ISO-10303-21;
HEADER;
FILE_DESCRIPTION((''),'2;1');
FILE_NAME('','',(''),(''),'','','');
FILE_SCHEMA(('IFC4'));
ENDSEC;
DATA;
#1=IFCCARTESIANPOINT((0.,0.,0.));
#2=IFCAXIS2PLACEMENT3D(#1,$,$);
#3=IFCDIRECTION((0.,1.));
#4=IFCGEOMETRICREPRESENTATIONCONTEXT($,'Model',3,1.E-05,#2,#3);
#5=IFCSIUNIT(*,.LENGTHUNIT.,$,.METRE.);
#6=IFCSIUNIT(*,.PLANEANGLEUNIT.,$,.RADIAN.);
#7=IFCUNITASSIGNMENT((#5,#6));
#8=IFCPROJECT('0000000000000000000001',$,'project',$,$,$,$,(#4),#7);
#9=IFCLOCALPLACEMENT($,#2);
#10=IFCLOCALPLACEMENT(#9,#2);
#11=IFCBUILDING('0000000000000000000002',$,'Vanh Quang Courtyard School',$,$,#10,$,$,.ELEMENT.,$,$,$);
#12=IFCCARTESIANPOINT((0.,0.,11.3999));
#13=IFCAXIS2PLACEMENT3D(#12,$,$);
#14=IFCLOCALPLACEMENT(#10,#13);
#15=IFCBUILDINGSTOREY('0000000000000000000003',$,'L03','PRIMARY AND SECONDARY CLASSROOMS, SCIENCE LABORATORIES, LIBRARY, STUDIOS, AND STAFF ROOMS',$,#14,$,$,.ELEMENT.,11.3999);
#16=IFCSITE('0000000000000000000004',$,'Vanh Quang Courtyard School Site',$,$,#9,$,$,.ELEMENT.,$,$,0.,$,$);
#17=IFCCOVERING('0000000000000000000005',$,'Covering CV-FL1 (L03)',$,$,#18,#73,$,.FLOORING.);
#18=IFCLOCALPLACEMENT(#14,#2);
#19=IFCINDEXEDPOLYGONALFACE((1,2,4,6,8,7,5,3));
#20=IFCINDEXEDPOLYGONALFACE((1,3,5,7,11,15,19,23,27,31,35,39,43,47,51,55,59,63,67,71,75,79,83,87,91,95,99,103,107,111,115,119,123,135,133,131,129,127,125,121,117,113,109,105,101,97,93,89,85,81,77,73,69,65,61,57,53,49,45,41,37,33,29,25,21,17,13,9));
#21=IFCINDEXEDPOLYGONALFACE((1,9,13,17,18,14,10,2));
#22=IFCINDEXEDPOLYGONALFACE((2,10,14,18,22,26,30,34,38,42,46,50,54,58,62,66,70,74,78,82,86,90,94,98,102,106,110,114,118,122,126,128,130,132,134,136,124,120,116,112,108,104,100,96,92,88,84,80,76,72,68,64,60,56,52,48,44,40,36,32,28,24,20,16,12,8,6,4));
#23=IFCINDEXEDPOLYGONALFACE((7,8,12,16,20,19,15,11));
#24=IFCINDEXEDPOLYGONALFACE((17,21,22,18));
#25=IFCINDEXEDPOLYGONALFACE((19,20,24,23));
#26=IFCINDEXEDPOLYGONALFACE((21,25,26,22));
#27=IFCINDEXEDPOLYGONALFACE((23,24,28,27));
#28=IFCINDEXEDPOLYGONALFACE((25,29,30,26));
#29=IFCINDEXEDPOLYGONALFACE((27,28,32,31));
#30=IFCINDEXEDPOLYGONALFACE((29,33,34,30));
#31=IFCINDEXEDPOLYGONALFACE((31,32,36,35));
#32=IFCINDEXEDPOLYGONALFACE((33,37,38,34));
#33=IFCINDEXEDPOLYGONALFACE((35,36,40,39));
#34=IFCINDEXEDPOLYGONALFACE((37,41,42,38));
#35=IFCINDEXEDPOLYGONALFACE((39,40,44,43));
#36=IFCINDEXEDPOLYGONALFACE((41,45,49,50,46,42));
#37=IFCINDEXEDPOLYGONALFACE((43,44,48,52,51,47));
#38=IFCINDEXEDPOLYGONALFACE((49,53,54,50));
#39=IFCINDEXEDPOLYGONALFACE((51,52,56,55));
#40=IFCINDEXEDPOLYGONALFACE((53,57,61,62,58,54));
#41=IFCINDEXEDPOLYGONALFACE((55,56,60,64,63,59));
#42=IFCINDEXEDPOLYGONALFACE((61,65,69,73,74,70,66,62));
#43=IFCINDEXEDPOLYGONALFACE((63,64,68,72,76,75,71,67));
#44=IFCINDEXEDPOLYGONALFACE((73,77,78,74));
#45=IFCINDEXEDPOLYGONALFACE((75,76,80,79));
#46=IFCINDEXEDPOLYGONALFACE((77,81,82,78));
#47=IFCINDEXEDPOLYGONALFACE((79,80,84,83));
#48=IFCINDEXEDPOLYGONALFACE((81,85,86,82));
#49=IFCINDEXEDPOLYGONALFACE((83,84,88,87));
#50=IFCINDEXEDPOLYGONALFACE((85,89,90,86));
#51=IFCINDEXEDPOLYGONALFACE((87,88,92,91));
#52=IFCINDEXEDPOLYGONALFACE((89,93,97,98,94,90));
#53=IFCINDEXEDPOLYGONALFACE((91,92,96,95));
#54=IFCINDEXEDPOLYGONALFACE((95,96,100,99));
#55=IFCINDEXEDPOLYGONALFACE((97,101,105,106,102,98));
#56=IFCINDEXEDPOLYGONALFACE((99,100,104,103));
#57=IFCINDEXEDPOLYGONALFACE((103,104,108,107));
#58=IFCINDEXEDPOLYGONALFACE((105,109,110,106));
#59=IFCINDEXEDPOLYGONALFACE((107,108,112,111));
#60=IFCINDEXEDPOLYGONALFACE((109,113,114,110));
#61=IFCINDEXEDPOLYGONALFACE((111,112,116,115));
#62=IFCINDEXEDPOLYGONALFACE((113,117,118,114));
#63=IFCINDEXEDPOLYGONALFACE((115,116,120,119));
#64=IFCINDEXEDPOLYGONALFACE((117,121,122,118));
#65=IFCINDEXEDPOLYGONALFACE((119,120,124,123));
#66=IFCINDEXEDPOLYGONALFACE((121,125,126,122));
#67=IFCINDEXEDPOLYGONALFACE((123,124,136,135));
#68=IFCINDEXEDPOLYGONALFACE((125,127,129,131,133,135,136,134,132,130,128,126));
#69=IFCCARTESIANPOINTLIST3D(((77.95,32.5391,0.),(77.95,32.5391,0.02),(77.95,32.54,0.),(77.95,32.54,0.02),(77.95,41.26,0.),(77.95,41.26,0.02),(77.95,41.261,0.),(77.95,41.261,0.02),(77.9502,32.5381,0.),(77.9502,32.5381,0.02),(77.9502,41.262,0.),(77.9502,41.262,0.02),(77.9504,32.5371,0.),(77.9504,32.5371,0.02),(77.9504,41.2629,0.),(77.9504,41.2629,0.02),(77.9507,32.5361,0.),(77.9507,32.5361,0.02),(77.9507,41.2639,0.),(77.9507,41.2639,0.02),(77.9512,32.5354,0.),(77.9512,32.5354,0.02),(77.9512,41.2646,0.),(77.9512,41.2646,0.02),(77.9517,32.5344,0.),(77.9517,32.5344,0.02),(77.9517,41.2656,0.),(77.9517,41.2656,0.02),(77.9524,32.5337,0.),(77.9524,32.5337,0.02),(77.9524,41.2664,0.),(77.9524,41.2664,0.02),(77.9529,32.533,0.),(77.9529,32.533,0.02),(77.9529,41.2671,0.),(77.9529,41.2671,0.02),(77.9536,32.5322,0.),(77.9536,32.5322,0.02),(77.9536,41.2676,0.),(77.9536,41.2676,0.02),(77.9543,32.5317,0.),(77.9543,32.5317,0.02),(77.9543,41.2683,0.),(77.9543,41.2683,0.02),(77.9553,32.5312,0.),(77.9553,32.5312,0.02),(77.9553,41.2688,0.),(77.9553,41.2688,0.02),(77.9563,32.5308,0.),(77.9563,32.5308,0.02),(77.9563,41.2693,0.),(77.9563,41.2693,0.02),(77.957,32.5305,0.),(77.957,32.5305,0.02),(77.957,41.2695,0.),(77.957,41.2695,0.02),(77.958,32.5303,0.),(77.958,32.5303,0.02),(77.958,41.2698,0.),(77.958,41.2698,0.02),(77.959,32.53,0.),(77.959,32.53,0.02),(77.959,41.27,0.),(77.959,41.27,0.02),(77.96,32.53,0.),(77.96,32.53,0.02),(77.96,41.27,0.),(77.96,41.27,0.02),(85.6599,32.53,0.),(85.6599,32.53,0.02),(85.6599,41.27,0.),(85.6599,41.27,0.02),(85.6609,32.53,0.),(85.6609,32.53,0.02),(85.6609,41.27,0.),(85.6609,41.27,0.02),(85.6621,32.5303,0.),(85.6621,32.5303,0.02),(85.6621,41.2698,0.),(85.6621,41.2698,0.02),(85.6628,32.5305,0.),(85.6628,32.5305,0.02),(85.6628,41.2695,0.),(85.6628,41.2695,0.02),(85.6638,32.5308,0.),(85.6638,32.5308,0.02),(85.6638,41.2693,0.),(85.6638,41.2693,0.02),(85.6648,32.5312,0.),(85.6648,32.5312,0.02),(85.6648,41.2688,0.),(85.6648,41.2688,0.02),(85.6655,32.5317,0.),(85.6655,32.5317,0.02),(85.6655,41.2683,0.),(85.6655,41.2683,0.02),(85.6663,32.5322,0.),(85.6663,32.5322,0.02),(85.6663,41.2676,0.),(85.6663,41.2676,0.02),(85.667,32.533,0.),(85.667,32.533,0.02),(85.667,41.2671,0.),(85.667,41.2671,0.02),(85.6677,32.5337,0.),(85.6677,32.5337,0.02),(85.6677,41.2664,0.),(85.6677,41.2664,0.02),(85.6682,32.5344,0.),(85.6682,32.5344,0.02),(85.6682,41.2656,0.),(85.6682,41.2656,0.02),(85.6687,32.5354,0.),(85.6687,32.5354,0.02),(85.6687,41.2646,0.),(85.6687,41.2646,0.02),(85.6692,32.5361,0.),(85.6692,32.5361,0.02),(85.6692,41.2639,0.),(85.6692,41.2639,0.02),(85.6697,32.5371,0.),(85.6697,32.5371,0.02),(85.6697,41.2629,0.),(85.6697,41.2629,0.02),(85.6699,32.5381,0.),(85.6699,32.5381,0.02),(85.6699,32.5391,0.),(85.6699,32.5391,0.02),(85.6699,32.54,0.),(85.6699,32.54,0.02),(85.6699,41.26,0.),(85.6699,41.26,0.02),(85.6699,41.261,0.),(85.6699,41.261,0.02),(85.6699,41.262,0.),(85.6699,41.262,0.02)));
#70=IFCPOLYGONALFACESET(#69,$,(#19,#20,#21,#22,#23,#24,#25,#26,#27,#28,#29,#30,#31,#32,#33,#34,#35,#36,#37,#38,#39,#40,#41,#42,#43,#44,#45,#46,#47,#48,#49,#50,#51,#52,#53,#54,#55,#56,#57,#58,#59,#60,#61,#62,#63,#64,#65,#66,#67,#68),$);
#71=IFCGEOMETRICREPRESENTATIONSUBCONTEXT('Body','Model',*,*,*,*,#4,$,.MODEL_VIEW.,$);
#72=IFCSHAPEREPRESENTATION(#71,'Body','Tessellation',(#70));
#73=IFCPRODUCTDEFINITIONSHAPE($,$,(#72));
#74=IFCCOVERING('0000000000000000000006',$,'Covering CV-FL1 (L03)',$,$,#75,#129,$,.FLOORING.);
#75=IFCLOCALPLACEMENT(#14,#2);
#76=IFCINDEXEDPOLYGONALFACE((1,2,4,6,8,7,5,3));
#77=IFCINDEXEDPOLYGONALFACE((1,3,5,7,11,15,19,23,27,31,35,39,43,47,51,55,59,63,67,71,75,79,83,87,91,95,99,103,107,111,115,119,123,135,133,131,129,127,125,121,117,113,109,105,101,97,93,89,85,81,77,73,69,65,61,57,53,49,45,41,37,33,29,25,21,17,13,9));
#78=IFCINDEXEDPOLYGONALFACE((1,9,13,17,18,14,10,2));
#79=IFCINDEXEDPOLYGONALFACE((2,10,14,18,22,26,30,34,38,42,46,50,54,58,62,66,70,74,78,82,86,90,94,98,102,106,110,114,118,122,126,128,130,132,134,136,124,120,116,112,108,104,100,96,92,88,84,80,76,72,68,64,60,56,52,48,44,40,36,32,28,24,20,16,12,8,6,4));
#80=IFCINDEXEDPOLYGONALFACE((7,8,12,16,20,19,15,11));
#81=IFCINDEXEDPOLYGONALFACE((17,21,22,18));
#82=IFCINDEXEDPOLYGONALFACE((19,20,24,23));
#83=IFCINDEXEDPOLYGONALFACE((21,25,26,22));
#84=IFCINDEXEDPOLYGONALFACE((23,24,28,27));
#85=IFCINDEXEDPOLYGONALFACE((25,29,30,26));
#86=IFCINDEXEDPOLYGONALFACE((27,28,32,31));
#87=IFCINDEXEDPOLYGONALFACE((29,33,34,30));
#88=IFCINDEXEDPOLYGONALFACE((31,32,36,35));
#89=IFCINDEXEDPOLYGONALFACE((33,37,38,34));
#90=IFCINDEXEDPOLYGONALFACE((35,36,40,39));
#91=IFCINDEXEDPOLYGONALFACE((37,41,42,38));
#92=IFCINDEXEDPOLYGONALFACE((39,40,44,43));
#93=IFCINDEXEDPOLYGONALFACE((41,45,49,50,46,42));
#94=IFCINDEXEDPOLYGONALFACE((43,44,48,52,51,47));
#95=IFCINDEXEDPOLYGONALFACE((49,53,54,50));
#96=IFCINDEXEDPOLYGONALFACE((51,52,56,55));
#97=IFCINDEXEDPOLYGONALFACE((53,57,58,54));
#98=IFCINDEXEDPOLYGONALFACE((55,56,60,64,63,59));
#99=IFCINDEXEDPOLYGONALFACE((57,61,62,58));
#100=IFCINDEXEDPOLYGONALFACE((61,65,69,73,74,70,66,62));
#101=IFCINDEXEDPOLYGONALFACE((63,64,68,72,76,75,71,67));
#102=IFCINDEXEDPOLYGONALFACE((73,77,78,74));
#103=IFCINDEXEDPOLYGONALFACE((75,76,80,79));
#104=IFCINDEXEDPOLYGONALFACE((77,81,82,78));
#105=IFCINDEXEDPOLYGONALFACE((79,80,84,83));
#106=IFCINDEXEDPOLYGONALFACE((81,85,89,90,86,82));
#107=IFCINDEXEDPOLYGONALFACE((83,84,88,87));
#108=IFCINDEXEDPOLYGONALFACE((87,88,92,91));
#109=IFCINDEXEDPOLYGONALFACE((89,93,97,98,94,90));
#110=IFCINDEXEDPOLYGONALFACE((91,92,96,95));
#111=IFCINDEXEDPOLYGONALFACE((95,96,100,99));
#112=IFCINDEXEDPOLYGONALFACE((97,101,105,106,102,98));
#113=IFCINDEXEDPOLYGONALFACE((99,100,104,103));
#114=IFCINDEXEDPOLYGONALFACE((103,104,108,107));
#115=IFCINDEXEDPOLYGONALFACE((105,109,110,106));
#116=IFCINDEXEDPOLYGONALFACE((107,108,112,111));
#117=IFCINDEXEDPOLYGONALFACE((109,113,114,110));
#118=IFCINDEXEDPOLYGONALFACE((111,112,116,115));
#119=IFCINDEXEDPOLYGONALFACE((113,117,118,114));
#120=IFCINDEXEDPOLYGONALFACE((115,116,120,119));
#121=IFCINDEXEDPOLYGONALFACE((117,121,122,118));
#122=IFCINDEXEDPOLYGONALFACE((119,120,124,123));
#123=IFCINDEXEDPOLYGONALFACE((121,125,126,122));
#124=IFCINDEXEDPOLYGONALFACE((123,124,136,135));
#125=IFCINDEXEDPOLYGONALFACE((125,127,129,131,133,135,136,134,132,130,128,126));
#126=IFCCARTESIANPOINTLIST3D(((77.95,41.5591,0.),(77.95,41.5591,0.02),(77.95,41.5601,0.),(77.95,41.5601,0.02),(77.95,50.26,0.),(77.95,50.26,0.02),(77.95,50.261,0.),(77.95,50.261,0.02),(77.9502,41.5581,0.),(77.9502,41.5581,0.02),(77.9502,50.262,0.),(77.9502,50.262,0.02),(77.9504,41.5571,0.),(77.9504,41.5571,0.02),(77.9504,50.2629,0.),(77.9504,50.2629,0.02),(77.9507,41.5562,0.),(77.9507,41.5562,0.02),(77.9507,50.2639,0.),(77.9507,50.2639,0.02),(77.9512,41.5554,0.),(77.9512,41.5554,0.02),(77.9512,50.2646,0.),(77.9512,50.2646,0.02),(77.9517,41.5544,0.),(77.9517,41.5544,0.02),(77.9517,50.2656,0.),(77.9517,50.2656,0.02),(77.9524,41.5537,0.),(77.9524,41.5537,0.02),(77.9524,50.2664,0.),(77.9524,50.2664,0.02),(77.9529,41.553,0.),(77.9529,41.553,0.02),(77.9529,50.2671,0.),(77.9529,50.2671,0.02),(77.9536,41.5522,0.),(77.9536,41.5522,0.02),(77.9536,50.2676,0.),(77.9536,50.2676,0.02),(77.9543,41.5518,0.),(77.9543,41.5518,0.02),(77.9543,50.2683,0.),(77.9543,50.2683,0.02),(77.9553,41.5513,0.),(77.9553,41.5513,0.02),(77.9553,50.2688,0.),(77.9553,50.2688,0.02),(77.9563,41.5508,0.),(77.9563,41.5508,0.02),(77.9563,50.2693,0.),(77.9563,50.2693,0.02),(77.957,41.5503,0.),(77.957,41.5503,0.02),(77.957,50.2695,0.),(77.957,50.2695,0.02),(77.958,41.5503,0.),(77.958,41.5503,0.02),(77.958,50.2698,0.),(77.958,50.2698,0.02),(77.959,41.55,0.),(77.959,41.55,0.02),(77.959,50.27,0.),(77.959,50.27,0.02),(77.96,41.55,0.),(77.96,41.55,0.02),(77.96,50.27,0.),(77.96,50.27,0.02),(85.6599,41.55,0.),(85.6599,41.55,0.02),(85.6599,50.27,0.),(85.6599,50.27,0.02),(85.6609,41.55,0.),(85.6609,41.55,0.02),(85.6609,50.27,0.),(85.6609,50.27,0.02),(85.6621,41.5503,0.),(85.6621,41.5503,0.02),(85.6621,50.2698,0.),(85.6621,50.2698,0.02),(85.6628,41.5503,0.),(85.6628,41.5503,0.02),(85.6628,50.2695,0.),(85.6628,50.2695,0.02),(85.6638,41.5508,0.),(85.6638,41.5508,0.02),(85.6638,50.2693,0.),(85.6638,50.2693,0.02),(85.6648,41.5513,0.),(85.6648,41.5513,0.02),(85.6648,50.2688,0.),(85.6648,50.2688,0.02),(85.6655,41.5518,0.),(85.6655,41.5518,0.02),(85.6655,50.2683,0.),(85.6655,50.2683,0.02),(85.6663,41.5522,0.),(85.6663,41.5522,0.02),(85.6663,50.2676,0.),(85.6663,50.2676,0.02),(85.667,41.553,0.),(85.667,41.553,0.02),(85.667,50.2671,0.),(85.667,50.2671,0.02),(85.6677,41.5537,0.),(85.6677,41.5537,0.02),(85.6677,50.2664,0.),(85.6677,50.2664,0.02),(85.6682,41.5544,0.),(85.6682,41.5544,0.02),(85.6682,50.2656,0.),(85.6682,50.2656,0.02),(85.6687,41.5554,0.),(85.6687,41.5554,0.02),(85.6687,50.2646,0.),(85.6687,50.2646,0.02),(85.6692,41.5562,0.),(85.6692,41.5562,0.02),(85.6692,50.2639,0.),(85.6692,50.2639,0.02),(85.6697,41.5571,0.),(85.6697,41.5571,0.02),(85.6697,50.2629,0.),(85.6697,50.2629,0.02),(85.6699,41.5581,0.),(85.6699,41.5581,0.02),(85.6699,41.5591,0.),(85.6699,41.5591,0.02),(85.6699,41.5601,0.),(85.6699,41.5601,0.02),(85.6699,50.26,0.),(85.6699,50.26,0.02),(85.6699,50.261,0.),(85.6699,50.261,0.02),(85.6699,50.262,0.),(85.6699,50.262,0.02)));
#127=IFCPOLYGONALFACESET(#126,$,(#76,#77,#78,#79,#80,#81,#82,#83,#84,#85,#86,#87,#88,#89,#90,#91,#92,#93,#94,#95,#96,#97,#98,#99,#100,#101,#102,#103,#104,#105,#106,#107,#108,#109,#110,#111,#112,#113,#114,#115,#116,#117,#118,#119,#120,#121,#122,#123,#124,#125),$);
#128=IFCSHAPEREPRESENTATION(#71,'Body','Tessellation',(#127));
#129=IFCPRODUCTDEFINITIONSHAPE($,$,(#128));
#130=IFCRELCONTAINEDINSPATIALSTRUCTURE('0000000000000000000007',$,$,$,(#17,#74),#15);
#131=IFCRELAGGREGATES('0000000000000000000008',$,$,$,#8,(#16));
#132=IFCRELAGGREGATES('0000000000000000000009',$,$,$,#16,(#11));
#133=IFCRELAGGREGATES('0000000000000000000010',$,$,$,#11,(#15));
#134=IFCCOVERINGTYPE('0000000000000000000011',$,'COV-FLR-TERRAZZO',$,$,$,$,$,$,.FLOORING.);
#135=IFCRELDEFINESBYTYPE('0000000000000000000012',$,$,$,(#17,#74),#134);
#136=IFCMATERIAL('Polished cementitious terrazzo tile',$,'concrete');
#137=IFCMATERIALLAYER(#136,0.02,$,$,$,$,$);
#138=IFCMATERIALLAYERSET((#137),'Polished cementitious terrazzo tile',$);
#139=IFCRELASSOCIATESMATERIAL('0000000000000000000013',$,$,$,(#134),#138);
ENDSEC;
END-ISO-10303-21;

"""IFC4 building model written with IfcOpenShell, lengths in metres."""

from ifc_helpers import new_model, si_unit, direction, frame, origin, place, context, subcontext, project, spatial, polyline, outline, extrude, material, layer, layer_set, type_object, element, save


model = new_model("IFC4")

# Units and contexts
model_context = context("Model", 3, precision=1e-05, world=origin(), true_north=direction((0.0, 1.0)))
body_context = subcontext(model_context, "Body", "Model", "MODEL_VIEW")
ifc_project = project(units=[si_unit("LENGTHUNIT", "METRE"), si_unit("PLANEANGLEUNIT", "RADIAN")], contexts=[model_context])

# Site, building, storey
site_placement = place(None, origin())
site = spatial("IfcSite", under=ifc_project, at=site_placement, Name="Vanh Quang Courtyard School Site", CompositionType="ELEMENT", RefElevation=0.0)
building_placement = place(site_placement, origin())
building = spatial("IfcBuilding", under=site, at=building_placement, Name="Vanh Quang Courtyard School", CompositionType="ELEMENT")
storey_placement = place(building_placement, frame((0.0, 0.0, 11.3999)))
storey = spatial("IfcBuildingStorey", under=building, at=storey_placement, Name="L03", Description="PRIMARY AND SECONDARY CLASSROOMS, SCIENCE LABORATORIES, LIBRARY, STUDIOS, AND STAFF ROOMS", CompositionType="ELEMENT", Elevation=11.3999)

# Coverings
ifc_material_1 = material(Name="Polished cementitious terrazzo tile", Category="concrete")
ifc_layer_1 = layer(ifc_material_1, 0.02)
ifc_layer_set_1 = layer_set([ifc_layer_1], Name="Polished cementitious terrazzo tile")
covering_type = type_object("IfcCoveringType", Name="COV-FLR-TERRAZZO", PredefinedType="FLOORING", material=ifc_layer_set_1)
covering_1_placement = place(storey_placement, origin())
element("IfcCovering", 1, at=covering_1_placement, inside=storey, type_object=covering_type, Name="Covering CV-FL1 (L03)", PredefinedType="FLOORING", context=body_context, shape_type="SweptSolid", body=[
    extrude(outline(polyline([(77.96, 32.53), (77.959, 32.53), (77.958, 32.5303), (77.957, 32.5305), (77.9563, 32.5308), (77.9553, 32.5312), (77.9543, 32.5317), (77.9536, 32.5322), (77.9529, 32.533), (77.9524, 32.5337), (77.9517, 32.5344), (77.9512, 32.5354), (77.9507, 32.5361), (77.9504, 32.5371), (77.9502, 32.5381), (77.95, 32.5391), (77.95, 32.54), (77.95, 41.26), (77.95, 41.261), (77.9502, 41.262), (77.9504, 41.2629), (77.9507, 41.2639), (77.9512, 41.2646), (77.9517, 41.2656), (77.9524, 41.2664), (77.9529, 41.2671), (77.9536, 41.2676), (77.9543, 41.2683), (77.9553, 41.2688), (77.9563, 41.2693), (77.957, 41.2695), (77.958, 41.2698), (77.959, 41.27), (77.96, 41.27), (85.6599, 41.27), (85.6609, 41.27), (85.6621, 41.2698), (85.6628, 41.2695), (85.6638, 41.2693), (85.6648, 41.2688), (85.6655, 41.2683), (85.6663, 41.2676), (85.667, 41.2671), (85.6677, 41.2664), (85.6682, 41.2656), (85.6687, 41.2646), (85.6692, 41.2639), (85.6697, 41.2629), (85.6699, 41.262), (85.6699, 41.261), (85.6699, 41.26), (85.6699, 32.54), (85.6699, 32.5391), (85.6699, 32.5381), (85.6697, 32.5371), (85.6692, 32.5361), (85.6687, 32.5354), (85.6682, 32.5344), (85.6677, 32.5337), (85.667, 32.533), (85.6663, 32.5322), (85.6655, 32.5317), (85.6648, 32.5312), (85.6638, 32.5308), (85.6628, 32.5305), (85.6621, 32.5303), (85.6609, 32.53), (85.6599, 32.53), (77.96, 32.53)])), origin(), (0.0, 0.0, 1.0), 0.02),
])
covering_2_placement = place(storey_placement, origin())
element("IfcCovering", 2, at=covering_2_placement, inside=storey, type_object=covering_type, Name="Covering CV-FL1 (L03)", PredefinedType="FLOORING", context=body_context, shape_type="SweptSolid", body=[
    extrude(outline(polyline([(77.96, 41.55), (77.959, 41.55), (77.958, 41.5503), (77.957, 41.5503), (77.9563, 41.5508), (77.9553, 41.5513), (77.9543, 41.5518), (77.9536, 41.5522), (77.9529, 41.553), (77.9524, 41.5537), (77.9517, 41.5544), (77.9512, 41.5554), (77.9507, 41.5562), (77.9504, 41.5571), (77.9502, 41.5581), (77.95, 41.5591), (77.95, 41.5601), (77.95, 50.26), (77.95, 50.261), (77.9502, 50.262), (77.9504, 50.2629), (77.9507, 50.2639), (77.9512, 50.2646), (77.9517, 50.2656), (77.9524, 50.2664), (77.9529, 50.2671), (77.9536, 50.2676), (77.9543, 50.2683), (77.9553, 50.2688), (77.9563, 50.2693), (77.957, 50.2695), (77.958, 50.2698), (77.959, 50.27), (77.96, 50.27), (85.6599, 50.27), (85.6609, 50.27), (85.6621, 50.2698), (85.6628, 50.2695), (85.6638, 50.2693), (85.6648, 50.2688), (85.6655, 50.2683), (85.6663, 50.2676), (85.667, 50.2671), (85.6677, 50.2664), (85.6682, 50.2656), (85.6687, 50.2646), (85.6692, 50.2639), (85.6697, 50.2629), (85.6699, 50.262), (85.6699, 50.261), (85.6699, 50.26), (85.6699, 41.5601), (85.6699, 41.5591), (85.6699, 41.5581), (85.6697, 41.5571), (85.6692, 41.5562), (85.6687, 41.5554), (85.6682, 41.5544), (85.6677, 41.5537), (85.667, 41.553), (85.6663, 41.5522), (85.6655, 41.5518), (85.6648, 41.5513), (85.6638, 41.5508), (85.6628, 41.5503), (85.6621, 41.5503), (85.6609, 41.55), (85.6599, 41.55), (77.96, 41.55)])), origin(), (0.0, 0.0, 1.0), 0.02),
])

save(model, "model.ifc")
